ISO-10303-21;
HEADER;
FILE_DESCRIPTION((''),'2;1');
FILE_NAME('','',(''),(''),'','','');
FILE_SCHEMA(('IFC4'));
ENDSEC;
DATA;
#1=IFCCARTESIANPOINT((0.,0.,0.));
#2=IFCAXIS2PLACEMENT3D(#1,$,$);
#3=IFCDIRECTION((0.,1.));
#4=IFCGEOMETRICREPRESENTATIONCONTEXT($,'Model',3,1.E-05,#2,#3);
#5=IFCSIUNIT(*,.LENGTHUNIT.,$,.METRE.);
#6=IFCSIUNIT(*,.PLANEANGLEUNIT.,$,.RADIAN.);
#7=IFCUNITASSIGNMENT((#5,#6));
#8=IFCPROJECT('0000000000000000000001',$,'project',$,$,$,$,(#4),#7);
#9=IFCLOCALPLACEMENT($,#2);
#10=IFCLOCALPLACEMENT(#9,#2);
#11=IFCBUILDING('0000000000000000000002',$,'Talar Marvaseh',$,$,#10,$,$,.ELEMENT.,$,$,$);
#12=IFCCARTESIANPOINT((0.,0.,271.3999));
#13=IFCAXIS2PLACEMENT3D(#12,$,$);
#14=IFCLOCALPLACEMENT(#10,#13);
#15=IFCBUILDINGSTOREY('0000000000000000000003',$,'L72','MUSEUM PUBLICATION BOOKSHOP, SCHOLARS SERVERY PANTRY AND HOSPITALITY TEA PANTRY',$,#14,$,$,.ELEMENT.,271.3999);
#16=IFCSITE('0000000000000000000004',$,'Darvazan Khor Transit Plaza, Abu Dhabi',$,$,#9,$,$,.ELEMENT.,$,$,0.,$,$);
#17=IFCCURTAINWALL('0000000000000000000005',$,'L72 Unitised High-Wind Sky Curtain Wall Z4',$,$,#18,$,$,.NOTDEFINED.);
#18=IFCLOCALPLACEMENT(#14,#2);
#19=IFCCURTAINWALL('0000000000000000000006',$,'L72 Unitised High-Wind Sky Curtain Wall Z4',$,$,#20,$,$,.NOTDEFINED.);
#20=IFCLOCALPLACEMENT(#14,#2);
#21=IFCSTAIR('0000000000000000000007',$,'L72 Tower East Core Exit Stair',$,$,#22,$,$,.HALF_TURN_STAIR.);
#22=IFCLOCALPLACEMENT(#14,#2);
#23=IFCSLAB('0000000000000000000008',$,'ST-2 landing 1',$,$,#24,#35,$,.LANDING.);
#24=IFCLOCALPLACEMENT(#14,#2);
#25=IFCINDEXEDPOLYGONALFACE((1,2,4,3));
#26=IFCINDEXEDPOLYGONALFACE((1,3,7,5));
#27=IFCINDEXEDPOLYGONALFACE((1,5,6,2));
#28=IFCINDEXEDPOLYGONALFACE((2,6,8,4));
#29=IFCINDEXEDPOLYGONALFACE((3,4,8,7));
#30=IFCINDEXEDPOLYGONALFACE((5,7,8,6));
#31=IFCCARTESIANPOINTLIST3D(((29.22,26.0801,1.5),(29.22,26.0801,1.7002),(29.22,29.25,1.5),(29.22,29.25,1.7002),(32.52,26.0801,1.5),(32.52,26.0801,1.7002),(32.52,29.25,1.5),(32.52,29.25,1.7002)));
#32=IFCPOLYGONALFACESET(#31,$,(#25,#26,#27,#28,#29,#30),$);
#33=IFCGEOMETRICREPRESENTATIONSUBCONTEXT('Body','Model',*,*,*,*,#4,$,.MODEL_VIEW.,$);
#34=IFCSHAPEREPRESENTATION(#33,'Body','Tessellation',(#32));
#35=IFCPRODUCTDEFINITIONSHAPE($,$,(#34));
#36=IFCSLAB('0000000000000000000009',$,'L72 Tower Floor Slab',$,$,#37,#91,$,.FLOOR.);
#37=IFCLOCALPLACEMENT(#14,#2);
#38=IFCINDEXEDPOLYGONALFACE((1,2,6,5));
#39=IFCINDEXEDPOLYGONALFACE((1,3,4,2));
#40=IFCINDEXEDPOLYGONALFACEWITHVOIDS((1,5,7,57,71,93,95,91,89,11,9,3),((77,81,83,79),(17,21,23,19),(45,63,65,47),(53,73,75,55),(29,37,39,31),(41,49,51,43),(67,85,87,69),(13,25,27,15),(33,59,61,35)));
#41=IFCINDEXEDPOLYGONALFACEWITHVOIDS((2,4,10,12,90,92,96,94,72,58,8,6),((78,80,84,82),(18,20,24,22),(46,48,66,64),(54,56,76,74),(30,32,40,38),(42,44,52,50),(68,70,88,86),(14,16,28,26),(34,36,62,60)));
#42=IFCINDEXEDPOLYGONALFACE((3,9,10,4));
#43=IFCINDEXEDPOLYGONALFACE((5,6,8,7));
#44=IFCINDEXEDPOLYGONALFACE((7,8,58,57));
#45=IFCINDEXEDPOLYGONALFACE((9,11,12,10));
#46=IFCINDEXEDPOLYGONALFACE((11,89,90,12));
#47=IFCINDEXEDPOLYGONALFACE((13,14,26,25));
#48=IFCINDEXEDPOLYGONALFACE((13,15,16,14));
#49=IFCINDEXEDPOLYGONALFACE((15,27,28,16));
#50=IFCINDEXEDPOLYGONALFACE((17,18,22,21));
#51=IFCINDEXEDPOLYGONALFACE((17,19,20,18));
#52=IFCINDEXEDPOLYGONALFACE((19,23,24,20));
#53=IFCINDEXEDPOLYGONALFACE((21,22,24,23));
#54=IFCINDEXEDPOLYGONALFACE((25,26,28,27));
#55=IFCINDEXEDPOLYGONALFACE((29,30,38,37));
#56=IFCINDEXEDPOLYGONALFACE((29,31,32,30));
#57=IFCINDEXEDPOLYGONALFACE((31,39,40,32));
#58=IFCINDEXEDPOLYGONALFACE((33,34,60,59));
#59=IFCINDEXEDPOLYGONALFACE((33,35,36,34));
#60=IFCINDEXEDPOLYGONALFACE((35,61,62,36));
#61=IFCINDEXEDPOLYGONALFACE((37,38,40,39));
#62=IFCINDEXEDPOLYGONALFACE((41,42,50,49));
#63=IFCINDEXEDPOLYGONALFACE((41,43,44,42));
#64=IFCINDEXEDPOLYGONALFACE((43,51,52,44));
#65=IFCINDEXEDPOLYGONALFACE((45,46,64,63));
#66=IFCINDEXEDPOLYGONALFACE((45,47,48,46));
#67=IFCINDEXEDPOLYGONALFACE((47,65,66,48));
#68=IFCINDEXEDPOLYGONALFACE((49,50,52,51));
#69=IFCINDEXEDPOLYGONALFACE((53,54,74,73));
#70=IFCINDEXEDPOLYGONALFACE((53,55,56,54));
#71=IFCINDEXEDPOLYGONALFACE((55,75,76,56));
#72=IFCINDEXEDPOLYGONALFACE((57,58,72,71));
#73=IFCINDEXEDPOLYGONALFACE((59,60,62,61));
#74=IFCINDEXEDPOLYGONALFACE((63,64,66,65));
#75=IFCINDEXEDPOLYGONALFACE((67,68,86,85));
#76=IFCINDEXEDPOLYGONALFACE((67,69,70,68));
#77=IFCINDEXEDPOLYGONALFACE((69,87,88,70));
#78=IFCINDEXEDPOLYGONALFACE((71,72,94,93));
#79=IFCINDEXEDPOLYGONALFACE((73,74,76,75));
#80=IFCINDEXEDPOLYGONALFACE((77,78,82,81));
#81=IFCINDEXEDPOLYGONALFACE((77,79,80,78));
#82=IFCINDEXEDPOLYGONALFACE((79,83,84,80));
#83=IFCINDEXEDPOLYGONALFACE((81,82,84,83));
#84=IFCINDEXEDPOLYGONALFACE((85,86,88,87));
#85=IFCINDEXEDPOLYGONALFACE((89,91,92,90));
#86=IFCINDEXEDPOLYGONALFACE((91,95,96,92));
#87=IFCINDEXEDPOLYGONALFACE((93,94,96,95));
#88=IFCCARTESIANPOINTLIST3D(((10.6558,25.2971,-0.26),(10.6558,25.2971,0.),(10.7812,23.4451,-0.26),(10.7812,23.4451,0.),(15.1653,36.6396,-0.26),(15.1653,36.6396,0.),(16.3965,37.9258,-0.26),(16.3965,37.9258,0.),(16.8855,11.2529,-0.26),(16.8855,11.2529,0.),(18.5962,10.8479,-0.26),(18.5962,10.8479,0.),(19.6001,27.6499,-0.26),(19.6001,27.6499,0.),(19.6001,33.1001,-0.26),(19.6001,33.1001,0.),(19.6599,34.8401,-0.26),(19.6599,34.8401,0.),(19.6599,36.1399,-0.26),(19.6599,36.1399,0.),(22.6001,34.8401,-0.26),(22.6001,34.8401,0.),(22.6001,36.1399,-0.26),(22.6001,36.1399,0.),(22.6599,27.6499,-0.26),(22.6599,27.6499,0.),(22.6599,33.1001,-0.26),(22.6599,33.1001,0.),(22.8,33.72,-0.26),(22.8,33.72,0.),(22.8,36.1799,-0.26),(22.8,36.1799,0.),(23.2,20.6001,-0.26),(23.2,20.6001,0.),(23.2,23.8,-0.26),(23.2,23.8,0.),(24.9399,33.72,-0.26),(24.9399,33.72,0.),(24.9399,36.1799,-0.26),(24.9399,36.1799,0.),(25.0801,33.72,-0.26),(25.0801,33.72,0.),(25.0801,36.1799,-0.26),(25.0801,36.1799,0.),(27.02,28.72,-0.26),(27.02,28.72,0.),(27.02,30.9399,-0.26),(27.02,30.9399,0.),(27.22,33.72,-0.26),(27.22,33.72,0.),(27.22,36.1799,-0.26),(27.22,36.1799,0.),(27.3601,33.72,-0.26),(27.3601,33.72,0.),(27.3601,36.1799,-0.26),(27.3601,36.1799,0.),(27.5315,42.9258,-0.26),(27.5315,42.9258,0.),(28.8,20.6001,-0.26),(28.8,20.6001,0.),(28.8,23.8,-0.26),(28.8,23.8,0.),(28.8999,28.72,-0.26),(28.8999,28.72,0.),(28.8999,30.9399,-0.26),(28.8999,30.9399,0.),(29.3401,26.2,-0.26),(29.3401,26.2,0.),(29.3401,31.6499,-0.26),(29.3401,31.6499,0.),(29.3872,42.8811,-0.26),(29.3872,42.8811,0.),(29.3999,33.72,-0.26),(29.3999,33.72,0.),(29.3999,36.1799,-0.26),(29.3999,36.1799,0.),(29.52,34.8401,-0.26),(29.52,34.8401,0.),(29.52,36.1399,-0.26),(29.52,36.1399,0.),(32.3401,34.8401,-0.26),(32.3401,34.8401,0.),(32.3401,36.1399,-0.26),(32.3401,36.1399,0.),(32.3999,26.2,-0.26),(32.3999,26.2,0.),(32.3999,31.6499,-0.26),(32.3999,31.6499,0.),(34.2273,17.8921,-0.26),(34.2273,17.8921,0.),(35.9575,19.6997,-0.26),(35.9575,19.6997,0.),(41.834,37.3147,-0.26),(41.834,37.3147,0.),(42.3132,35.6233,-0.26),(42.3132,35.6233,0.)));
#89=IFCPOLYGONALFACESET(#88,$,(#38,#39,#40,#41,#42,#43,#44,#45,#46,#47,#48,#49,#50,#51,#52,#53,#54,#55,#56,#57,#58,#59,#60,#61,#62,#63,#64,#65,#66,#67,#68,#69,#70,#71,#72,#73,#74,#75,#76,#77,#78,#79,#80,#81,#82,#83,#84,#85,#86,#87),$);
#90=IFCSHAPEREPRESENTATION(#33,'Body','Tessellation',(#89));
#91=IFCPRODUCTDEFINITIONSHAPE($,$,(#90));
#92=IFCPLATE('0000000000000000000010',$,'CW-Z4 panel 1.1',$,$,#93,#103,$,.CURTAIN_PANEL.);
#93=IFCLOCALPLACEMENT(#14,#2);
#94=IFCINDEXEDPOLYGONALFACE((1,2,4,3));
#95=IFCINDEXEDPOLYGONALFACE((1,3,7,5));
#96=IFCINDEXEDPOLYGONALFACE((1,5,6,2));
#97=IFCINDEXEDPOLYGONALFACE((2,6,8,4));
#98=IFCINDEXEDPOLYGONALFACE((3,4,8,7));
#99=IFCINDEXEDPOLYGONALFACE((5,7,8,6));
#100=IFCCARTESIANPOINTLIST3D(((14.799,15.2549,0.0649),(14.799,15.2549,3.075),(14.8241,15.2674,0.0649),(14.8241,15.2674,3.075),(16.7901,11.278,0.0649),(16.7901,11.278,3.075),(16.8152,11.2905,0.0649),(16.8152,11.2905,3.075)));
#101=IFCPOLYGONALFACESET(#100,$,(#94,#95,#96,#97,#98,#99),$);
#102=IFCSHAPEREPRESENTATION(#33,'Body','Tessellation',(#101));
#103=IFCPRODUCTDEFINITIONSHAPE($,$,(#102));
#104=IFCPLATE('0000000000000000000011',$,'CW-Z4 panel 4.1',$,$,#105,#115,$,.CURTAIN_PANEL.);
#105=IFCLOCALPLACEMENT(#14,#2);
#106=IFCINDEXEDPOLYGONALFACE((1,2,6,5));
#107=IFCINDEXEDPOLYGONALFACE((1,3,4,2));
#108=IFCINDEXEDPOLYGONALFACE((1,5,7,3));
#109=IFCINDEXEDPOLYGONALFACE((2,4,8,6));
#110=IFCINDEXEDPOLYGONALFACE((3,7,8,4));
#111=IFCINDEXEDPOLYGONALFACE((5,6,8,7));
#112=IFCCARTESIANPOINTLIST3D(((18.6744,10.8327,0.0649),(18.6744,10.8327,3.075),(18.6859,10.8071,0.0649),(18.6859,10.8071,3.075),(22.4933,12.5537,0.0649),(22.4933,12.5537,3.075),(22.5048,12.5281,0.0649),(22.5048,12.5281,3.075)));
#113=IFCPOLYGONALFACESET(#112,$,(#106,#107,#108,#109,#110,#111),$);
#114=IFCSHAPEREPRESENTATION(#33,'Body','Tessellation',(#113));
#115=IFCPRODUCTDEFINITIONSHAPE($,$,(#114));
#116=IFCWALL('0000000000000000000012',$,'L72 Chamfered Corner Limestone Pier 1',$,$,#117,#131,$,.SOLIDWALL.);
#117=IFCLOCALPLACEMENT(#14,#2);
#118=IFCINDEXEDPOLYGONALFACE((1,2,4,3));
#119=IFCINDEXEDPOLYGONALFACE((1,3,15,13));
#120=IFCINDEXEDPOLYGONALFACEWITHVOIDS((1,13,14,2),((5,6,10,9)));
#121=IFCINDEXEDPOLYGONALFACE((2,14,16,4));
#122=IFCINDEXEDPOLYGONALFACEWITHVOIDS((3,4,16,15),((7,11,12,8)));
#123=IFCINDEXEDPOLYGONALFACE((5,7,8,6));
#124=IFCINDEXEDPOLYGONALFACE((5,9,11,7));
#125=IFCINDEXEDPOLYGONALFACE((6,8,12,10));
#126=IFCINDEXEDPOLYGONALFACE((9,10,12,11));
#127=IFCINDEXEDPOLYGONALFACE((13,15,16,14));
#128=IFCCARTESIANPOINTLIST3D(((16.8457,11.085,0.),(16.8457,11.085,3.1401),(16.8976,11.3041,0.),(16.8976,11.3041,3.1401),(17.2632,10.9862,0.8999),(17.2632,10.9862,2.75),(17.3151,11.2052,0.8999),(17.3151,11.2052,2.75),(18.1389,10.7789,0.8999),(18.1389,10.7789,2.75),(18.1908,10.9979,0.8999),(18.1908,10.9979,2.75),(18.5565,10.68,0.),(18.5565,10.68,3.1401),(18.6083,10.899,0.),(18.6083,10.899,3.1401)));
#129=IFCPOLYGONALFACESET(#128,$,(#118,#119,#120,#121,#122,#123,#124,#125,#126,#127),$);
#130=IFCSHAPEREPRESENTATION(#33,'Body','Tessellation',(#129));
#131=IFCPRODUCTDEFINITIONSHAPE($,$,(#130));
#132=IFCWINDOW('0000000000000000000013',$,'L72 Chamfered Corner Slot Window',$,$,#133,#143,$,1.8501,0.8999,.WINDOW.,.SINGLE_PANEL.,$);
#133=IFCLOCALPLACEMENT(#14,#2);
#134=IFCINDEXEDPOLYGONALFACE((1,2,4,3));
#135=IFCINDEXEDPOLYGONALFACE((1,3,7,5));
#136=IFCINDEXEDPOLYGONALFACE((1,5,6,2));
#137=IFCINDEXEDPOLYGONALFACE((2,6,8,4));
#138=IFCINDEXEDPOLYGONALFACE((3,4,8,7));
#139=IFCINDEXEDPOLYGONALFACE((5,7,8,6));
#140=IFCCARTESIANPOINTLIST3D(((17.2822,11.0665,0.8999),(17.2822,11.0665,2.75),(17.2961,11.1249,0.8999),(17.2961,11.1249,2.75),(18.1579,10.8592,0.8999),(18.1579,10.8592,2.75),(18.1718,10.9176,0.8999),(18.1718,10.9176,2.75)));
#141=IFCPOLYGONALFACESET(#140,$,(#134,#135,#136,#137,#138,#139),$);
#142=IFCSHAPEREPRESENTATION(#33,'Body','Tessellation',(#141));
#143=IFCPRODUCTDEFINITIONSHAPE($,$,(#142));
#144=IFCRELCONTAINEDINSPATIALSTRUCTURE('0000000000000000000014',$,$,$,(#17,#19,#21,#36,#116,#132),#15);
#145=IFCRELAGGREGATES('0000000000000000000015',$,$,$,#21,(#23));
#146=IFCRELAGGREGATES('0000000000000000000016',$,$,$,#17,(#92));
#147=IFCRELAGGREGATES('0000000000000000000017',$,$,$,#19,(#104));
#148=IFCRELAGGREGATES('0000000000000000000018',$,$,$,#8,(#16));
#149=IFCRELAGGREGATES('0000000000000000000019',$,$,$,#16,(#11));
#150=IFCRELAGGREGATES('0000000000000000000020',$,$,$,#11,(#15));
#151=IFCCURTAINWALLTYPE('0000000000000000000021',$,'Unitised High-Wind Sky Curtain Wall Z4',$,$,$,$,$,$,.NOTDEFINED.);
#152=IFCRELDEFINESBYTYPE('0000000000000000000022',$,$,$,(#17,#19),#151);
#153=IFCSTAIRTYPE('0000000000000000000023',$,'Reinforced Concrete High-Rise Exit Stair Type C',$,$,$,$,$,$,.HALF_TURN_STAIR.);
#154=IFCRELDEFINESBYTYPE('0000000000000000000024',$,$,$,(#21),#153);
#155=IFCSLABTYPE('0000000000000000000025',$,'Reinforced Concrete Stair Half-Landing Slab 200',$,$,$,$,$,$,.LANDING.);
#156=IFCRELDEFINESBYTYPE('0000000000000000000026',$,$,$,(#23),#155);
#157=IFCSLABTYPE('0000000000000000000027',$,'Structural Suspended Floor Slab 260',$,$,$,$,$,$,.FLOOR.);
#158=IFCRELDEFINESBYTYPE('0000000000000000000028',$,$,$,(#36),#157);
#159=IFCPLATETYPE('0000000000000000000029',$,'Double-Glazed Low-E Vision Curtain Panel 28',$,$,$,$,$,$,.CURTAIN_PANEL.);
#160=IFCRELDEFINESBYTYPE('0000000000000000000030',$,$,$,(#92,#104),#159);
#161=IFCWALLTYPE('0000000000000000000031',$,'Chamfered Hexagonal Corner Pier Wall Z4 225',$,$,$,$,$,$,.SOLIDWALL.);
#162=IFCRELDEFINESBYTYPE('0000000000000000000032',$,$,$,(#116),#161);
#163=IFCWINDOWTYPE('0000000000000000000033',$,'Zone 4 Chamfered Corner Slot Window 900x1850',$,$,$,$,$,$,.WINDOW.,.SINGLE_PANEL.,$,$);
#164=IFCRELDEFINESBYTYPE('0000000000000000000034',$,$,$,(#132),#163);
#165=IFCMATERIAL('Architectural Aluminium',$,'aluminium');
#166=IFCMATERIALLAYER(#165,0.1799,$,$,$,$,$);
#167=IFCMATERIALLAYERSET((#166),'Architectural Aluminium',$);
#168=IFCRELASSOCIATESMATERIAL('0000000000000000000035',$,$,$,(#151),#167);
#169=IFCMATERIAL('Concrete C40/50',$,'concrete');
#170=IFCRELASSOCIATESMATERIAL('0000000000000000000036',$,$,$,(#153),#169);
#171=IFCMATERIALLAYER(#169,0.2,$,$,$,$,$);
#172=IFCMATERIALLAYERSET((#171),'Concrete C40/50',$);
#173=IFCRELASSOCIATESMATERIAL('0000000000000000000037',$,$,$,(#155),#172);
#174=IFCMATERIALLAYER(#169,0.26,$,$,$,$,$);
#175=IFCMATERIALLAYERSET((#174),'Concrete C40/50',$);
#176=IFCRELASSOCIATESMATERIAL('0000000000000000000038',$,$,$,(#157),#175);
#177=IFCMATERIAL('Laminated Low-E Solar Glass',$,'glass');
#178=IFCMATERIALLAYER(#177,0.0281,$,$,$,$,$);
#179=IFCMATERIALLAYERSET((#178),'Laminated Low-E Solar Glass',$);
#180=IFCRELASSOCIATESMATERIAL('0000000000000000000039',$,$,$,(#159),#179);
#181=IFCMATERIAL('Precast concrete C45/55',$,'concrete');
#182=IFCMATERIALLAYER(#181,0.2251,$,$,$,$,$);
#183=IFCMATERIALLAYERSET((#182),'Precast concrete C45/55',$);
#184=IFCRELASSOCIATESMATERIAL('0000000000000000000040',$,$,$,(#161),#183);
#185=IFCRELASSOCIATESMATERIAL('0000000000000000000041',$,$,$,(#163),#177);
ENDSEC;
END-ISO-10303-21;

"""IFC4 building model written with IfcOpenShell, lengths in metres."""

from ifc_helpers import new_model, si_unit, direction, frame, frame_2d, origin, origin_2d, place, context, subcontext, project, spatial, polyline, rectangle, outline, extrude, source, transform, mapped, material, layer, layer_set, type_object, type_shapes, element, fill, aggregate, save


model = new_model("IFC4")

# Units and contexts
model_context = context("Model", 3, precision=1e-05, world=origin(), true_north=direction((0.0, 1.0)))
body_context = subcontext(model_context, "Body", "Model", "MODEL_VIEW")
ifc_project = project(units=[si_unit("LENGTHUNIT", "METRE"), si_unit("PLANEANGLEUNIT", "RADIAN")], contexts=[model_context])

# Site, building, storey
site_placement = place(None, origin())
site = spatial("IfcSite", under=ifc_project, at=site_placement, Name="Darvazan Khor Transit Plaza, Abu Dhabi", CompositionType="ELEMENT", RefElevation=0.0)
building_placement = place(site_placement, origin())
building = spatial("IfcBuilding", under=site, at=building_placement, Name="Talar Marvaseh", CompositionType="ELEMENT")
storey_placement = place(building_placement, frame((0.0, 0.0, 271.3999)))
storey = spatial("IfcBuildingStorey", under=building, at=storey_placement, Name="L72", Description="MUSEUM PUBLICATION BOOKSHOP, SCHOLARS SERVERY PANTRY AND HOSPITALITY TEA PANTRY", CompositionType="ELEMENT", Elevation=271.3999)

# Curtain wall
ifc_material_1 = material(Name="Architectural Aluminium", Category="aluminium")
ifc_layer_1 = layer(ifc_material_1, 0.1799)
ifc_layer_set_1 = layer_set([ifc_layer_1], Name="Architectural Aluminium")
curtain_wall_type = type_object("IfcCurtainWallType", Name="Unitised High-Wind Sky Curtain Wall Z4", PredefinedType="NOTDEFINED", material=ifc_layer_set_1)
curtain_wall_1_placement = place(storey_placement, origin())
curtain_wall_1 = element("IfcCurtainWall", 1, at=curtain_wall_1_placement, inside=storey, type_object=curtain_wall_type, Name="L72 Unitised High-Wind Sky Curtain Wall Z4", PredefinedType="NOTDEFINED")

# Curtain wall
curtain_wall_2_placement = place(storey_placement, origin())
curtain_wall_2 = element("IfcCurtainWall", 2, at=curtain_wall_2_placement, inside=storey, type_object=curtain_wall_type, Name="L72 Unitised High-Wind Sky Curtain Wall Z4", PredefinedType="NOTDEFINED")

# Shared definitions
ifc_material_2 = material(Name="Concrete C40/50", Category="concrete")

# Stair, slab
stair_type = type_object("IfcStairType", Name="Reinforced Concrete High-Rise Exit Stair Type C", PredefinedType="HALF_TURN_STAIR", material=ifc_material_2)
ifc_layer_2 = layer(ifc_material_2, 0.2)
ifc_layer_set_2 = layer_set([ifc_layer_2], Name="Concrete C40/50")
slab_type_1 = type_object("IfcSlabType", Name="Reinforced Concrete Stair Half-Landing Slab 200", PredefinedType="LANDING", material=ifc_layer_set_2)
stair_1_placement = place(storey_placement, origin())
stair_1 = element("IfcStair", 3, at=stair_1_placement, inside=storey, type_object=stair_type, Name="L72 Tower East Core Exit Stair", PredefinedType="HALF_TURN_STAIR")
slab_1_placement = place(storey_placement, frame((0.0, 0.0, 1.5)))
slab_1 = element("IfcSlab", 4, at=slab_1_placement, type_object=slab_type_1, Name="ST-2 landing 1", PredefinedType="LANDING", context=body_context, shape_type="SweptSolid", body=[
    extrude(outline(polyline([(29.22, 29.25), (29.22, 26.0801), (32.52, 26.0801), (32.52, 29.25), (29.22, 29.25)])), origin(), (0.0, 0.0, 1.0), 0.2002),
])
aggregate(stair_1, [slab_1])

# Slab
ifc_layer_3 = layer(ifc_material_2, 0.26)
ifc_layer_set_3 = layer_set([ifc_layer_3], Name="Concrete C40/50")
slab_type_2 = type_object("IfcSlabType", Name="Structural Suspended Floor Slab 260", PredefinedType="FLOOR", material=ifc_layer_set_3)
slab_2_placement = place(storey_placement, frame((0.0, 0.0, -0.26)))
element("IfcSlab", 5, at=slab_2_placement, inside=storey, type_object=slab_type_2, Name="L72 Tower Floor Slab", PredefinedType="FLOOR", context=body_context, shape_type="SweptSolid", body=[
    extrude(outline(polyline([(18.5962, 10.8479), (16.8855, 11.2529), (10.7812, 23.4451), (10.6558, 25.2971), (15.1653, 36.6396), (16.3965, 37.9258), (27.5315, 42.9258), (29.3872, 42.8811), (41.834, 37.3147), (42.3132, 35.6233), (35.9575, 19.6997), (34.2273, 17.8921), (18.5962, 10.8479)]), holes=[polyline([(22.6599, 27.6499), (22.6599, 33.1001), (19.6001, 33.1001), (19.6001, 27.6499), (22.6599, 27.6499)]), polyline([(29.3401, 31.6499), (29.3401, 26.2), (32.3999, 26.2), (32.3999, 31.6499), (29.3401, 31.6499)]), polyline([(22.8, 33.72), (24.9399, 33.72), (24.9399, 36.1799), (22.8, 36.1799), (22.8, 33.72)]), polyline([(25.0801, 33.72), (27.22, 33.72), (27.22, 36.1799), (25.0801, 36.1799), (25.0801, 33.72)]), polyline([(27.3601, 33.72), (29.3999, 33.72), (29.3999, 36.1799), (27.3601, 36.1799), (27.3601, 33.72)]), polyline([(27.02, 28.72), (28.8999, 28.72), (28.8999, 30.9399), (27.02, 30.9399), (27.02, 28.72)]), polyline([(19.6599, 34.8401), (22.6001, 34.8401), (22.6001, 36.1399), (19.6599, 36.1399), (19.6599, 34.8401)]), polyline([(29.52, 34.8401), (32.3401, 34.8401), (32.3401, 36.1399), (29.52, 36.1399), (29.52, 34.8401)]), polyline([(23.2, 20.6001), (28.8, 20.6001), (28.8, 23.8), (23.2, 23.8), (23.2, 20.6001)])]), origin(), (0.0, 0.0, 1.0), 0.26),
])

# Plates
ifc_material_3 = material(Name="Laminated Low-E Solar Glass", Category="glass")
ifc_layer_4 = layer(ifc_material_3, 0.0281)
ifc_layer_set_4 = layer_set([ifc_layer_4], Name="Laminated Low-E Solar Glass")
plate_type = type_object("IfcPlateType", Name="Double-Glazed Low-E Vision Curtain Panel 28", PredefinedType="CURTAIN_PANEL", material=ifc_layer_set_4)
shared_shape_1 = source(origin(), body_context, "Body", "SweptSolid", [
    extrude(rectangle(XDim=4.4475, YDim=0.0281, at=origin_2d()), origin(), (0.0, 0.0, 1.0), 3.01),
])
plate_1_placement = place(storey_placement, frame((15.8071, 13.2727, 0.0649), z_axis=(0.0, 0.0, 1.0), x_axis=(-0.447695, 0.894186, 0.0)))
plate_1 = element("IfcPlate", 6, at=plate_1_placement, type_object=plate_type, Name="CW-Z4 panel 1.1", PredefinedType="CURTAIN_PANEL", context=body_context, shape_type="MappedRepresentation", body=[
    mapped(shared_shape_1, transform((0.0, 0.0, 0.0), x_axis=(1.0, 0.0, 0.0), y_axis=(0.0, 1.0, 0.0), z_axis=(0.0, 0.0, 1.0), scale=1.0)),
])
aggregate(curtain_wall_1, [plate_1])
shared_shape_2 = source(origin(), body_context, "Body", "SweptSolid", [
    extrude(rectangle(XDim=4.1887, YDim=0.0281, at=origin_2d()), origin(), (0.0, 0.0, 1.0), 3.01),
])
type_shapes(plate_type, [shared_shape_1, shared_shape_2])
plate_2_placement = place(storey_placement, frame((20.5896, 11.6804, 0.0649), z_axis=(0.0, 0.0, 1.0), x_axis=(-0.911699, -0.41086, 0.0)))
plate_2 = element("IfcPlate", 7, at=plate_2_placement, type_object=plate_type, Name="CW-Z4 panel 4.1", PredefinedType="CURTAIN_PANEL", context=body_context, shape_type="MappedRepresentation", body=[
    mapped(shared_shape_2, transform((0.0, 0.0, 0.0), x_axis=(1.0, 0.0, 0.0), y_axis=(0.0, 1.0, 0.0), z_axis=(0.0, 0.0, 1.0), scale=1.0)),
])
aggregate(curtain_wall_2, [plate_2])

# Wall, opening, window
ifc_material_4 = material(Name="Precast concrete C45/55", Category="concrete")
ifc_layer_5 = layer(ifc_material_4, 0.2251)
ifc_layer_set_5 = layer_set([ifc_layer_5], Name="Precast concrete C45/55")
wall_type = type_object("IfcWallType", Name="Chamfered Hexagonal Corner Pier Wall Z4 225", PredefinedType="SOLIDWALL", material=ifc_layer_set_5)
wall_placement = place(storey_placement, frame((18.5823, 10.7896, 0.0), z_axis=(0.0, 0.0, 1.0), x_axis=(-0.973097, 0.230394, 0.0)))
wall = element("IfcWall", 8, at=wall_placement, inside=storey, type_object=wall_type, Name="L72 Chamfered Corner Limestone Pier 1", PredefinedType="SOLIDWALL", context=body_context, shape_type="SweptSolid", body=[
    extrude(rectangle(XDim=1.7581, YDim=0.2251, at=frame_2d((0.8789, 0.0))), origin(), (0.0, 0.0, 1.0), 3.1401),
])
opening_placement = place(wall_placement, frame((0.429, 0.0, 0.8999)))
opening = element("IfcOpeningElement", 9, at=opening_placement, cuts=wall, PredefinedType="OPENING", context=body_context, shape_type="SweptSolid", body=[
    extrude(rectangle(XDim=0.8999, YDim=1.8501, at=frame_2d((0.45, 0.925))), frame((0.0, 0.1226, 0.0), z_axis=(0.0, -1.0, 0.0), x_axis=(1.0, 0.0, 0.0)), (0.0, 0.0, 1.0), 0.2451),
])
window_type = type_object("IfcWindowType", Name="Zone 4 Chamfered Corner Slot Window 900x1850", PartitioningType="SINGLE_PANEL", PredefinedType="WINDOW", material=ifc_material_3)
shared_shape_3 = source(origin(), body_context, "Body", "SweptSolid", [
    extrude(rectangle(XDim=0.8999, YDim=1.8501, at=frame_2d((0.45, 0.925))), frame((0.0, 0.03, 0.0), z_axis=(0.0, -1.0, 0.0), x_axis=(1.0, 0.0, 0.0)), (0.0, 0.0, 1.0), 0.0601),
])
type_shapes(window_type, [shared_shape_3])
window_placement = place(opening_placement, origin())
window = element("IfcWindow", 10, at=window_placement, inside=storey, type_object=window_type, Name="L72 Chamfered Corner Slot Window", OverallHeight=1.8501, OverallWidth=0.8999, PartitioningType="SINGLE_PANEL", PredefinedType="WINDOW", context=body_context, shape_type="MappedRepresentation", body=[
    mapped(shared_shape_3, transform((0.0, 0.0, 0.0), x_axis=(1.0, 0.0, 0.0), y_axis=(0.0, 1.0, 0.0), z_axis=(0.0, 0.0, 1.0), scale=1.0)),
])
fill(opening, window)

save(model, "model.ifc")
